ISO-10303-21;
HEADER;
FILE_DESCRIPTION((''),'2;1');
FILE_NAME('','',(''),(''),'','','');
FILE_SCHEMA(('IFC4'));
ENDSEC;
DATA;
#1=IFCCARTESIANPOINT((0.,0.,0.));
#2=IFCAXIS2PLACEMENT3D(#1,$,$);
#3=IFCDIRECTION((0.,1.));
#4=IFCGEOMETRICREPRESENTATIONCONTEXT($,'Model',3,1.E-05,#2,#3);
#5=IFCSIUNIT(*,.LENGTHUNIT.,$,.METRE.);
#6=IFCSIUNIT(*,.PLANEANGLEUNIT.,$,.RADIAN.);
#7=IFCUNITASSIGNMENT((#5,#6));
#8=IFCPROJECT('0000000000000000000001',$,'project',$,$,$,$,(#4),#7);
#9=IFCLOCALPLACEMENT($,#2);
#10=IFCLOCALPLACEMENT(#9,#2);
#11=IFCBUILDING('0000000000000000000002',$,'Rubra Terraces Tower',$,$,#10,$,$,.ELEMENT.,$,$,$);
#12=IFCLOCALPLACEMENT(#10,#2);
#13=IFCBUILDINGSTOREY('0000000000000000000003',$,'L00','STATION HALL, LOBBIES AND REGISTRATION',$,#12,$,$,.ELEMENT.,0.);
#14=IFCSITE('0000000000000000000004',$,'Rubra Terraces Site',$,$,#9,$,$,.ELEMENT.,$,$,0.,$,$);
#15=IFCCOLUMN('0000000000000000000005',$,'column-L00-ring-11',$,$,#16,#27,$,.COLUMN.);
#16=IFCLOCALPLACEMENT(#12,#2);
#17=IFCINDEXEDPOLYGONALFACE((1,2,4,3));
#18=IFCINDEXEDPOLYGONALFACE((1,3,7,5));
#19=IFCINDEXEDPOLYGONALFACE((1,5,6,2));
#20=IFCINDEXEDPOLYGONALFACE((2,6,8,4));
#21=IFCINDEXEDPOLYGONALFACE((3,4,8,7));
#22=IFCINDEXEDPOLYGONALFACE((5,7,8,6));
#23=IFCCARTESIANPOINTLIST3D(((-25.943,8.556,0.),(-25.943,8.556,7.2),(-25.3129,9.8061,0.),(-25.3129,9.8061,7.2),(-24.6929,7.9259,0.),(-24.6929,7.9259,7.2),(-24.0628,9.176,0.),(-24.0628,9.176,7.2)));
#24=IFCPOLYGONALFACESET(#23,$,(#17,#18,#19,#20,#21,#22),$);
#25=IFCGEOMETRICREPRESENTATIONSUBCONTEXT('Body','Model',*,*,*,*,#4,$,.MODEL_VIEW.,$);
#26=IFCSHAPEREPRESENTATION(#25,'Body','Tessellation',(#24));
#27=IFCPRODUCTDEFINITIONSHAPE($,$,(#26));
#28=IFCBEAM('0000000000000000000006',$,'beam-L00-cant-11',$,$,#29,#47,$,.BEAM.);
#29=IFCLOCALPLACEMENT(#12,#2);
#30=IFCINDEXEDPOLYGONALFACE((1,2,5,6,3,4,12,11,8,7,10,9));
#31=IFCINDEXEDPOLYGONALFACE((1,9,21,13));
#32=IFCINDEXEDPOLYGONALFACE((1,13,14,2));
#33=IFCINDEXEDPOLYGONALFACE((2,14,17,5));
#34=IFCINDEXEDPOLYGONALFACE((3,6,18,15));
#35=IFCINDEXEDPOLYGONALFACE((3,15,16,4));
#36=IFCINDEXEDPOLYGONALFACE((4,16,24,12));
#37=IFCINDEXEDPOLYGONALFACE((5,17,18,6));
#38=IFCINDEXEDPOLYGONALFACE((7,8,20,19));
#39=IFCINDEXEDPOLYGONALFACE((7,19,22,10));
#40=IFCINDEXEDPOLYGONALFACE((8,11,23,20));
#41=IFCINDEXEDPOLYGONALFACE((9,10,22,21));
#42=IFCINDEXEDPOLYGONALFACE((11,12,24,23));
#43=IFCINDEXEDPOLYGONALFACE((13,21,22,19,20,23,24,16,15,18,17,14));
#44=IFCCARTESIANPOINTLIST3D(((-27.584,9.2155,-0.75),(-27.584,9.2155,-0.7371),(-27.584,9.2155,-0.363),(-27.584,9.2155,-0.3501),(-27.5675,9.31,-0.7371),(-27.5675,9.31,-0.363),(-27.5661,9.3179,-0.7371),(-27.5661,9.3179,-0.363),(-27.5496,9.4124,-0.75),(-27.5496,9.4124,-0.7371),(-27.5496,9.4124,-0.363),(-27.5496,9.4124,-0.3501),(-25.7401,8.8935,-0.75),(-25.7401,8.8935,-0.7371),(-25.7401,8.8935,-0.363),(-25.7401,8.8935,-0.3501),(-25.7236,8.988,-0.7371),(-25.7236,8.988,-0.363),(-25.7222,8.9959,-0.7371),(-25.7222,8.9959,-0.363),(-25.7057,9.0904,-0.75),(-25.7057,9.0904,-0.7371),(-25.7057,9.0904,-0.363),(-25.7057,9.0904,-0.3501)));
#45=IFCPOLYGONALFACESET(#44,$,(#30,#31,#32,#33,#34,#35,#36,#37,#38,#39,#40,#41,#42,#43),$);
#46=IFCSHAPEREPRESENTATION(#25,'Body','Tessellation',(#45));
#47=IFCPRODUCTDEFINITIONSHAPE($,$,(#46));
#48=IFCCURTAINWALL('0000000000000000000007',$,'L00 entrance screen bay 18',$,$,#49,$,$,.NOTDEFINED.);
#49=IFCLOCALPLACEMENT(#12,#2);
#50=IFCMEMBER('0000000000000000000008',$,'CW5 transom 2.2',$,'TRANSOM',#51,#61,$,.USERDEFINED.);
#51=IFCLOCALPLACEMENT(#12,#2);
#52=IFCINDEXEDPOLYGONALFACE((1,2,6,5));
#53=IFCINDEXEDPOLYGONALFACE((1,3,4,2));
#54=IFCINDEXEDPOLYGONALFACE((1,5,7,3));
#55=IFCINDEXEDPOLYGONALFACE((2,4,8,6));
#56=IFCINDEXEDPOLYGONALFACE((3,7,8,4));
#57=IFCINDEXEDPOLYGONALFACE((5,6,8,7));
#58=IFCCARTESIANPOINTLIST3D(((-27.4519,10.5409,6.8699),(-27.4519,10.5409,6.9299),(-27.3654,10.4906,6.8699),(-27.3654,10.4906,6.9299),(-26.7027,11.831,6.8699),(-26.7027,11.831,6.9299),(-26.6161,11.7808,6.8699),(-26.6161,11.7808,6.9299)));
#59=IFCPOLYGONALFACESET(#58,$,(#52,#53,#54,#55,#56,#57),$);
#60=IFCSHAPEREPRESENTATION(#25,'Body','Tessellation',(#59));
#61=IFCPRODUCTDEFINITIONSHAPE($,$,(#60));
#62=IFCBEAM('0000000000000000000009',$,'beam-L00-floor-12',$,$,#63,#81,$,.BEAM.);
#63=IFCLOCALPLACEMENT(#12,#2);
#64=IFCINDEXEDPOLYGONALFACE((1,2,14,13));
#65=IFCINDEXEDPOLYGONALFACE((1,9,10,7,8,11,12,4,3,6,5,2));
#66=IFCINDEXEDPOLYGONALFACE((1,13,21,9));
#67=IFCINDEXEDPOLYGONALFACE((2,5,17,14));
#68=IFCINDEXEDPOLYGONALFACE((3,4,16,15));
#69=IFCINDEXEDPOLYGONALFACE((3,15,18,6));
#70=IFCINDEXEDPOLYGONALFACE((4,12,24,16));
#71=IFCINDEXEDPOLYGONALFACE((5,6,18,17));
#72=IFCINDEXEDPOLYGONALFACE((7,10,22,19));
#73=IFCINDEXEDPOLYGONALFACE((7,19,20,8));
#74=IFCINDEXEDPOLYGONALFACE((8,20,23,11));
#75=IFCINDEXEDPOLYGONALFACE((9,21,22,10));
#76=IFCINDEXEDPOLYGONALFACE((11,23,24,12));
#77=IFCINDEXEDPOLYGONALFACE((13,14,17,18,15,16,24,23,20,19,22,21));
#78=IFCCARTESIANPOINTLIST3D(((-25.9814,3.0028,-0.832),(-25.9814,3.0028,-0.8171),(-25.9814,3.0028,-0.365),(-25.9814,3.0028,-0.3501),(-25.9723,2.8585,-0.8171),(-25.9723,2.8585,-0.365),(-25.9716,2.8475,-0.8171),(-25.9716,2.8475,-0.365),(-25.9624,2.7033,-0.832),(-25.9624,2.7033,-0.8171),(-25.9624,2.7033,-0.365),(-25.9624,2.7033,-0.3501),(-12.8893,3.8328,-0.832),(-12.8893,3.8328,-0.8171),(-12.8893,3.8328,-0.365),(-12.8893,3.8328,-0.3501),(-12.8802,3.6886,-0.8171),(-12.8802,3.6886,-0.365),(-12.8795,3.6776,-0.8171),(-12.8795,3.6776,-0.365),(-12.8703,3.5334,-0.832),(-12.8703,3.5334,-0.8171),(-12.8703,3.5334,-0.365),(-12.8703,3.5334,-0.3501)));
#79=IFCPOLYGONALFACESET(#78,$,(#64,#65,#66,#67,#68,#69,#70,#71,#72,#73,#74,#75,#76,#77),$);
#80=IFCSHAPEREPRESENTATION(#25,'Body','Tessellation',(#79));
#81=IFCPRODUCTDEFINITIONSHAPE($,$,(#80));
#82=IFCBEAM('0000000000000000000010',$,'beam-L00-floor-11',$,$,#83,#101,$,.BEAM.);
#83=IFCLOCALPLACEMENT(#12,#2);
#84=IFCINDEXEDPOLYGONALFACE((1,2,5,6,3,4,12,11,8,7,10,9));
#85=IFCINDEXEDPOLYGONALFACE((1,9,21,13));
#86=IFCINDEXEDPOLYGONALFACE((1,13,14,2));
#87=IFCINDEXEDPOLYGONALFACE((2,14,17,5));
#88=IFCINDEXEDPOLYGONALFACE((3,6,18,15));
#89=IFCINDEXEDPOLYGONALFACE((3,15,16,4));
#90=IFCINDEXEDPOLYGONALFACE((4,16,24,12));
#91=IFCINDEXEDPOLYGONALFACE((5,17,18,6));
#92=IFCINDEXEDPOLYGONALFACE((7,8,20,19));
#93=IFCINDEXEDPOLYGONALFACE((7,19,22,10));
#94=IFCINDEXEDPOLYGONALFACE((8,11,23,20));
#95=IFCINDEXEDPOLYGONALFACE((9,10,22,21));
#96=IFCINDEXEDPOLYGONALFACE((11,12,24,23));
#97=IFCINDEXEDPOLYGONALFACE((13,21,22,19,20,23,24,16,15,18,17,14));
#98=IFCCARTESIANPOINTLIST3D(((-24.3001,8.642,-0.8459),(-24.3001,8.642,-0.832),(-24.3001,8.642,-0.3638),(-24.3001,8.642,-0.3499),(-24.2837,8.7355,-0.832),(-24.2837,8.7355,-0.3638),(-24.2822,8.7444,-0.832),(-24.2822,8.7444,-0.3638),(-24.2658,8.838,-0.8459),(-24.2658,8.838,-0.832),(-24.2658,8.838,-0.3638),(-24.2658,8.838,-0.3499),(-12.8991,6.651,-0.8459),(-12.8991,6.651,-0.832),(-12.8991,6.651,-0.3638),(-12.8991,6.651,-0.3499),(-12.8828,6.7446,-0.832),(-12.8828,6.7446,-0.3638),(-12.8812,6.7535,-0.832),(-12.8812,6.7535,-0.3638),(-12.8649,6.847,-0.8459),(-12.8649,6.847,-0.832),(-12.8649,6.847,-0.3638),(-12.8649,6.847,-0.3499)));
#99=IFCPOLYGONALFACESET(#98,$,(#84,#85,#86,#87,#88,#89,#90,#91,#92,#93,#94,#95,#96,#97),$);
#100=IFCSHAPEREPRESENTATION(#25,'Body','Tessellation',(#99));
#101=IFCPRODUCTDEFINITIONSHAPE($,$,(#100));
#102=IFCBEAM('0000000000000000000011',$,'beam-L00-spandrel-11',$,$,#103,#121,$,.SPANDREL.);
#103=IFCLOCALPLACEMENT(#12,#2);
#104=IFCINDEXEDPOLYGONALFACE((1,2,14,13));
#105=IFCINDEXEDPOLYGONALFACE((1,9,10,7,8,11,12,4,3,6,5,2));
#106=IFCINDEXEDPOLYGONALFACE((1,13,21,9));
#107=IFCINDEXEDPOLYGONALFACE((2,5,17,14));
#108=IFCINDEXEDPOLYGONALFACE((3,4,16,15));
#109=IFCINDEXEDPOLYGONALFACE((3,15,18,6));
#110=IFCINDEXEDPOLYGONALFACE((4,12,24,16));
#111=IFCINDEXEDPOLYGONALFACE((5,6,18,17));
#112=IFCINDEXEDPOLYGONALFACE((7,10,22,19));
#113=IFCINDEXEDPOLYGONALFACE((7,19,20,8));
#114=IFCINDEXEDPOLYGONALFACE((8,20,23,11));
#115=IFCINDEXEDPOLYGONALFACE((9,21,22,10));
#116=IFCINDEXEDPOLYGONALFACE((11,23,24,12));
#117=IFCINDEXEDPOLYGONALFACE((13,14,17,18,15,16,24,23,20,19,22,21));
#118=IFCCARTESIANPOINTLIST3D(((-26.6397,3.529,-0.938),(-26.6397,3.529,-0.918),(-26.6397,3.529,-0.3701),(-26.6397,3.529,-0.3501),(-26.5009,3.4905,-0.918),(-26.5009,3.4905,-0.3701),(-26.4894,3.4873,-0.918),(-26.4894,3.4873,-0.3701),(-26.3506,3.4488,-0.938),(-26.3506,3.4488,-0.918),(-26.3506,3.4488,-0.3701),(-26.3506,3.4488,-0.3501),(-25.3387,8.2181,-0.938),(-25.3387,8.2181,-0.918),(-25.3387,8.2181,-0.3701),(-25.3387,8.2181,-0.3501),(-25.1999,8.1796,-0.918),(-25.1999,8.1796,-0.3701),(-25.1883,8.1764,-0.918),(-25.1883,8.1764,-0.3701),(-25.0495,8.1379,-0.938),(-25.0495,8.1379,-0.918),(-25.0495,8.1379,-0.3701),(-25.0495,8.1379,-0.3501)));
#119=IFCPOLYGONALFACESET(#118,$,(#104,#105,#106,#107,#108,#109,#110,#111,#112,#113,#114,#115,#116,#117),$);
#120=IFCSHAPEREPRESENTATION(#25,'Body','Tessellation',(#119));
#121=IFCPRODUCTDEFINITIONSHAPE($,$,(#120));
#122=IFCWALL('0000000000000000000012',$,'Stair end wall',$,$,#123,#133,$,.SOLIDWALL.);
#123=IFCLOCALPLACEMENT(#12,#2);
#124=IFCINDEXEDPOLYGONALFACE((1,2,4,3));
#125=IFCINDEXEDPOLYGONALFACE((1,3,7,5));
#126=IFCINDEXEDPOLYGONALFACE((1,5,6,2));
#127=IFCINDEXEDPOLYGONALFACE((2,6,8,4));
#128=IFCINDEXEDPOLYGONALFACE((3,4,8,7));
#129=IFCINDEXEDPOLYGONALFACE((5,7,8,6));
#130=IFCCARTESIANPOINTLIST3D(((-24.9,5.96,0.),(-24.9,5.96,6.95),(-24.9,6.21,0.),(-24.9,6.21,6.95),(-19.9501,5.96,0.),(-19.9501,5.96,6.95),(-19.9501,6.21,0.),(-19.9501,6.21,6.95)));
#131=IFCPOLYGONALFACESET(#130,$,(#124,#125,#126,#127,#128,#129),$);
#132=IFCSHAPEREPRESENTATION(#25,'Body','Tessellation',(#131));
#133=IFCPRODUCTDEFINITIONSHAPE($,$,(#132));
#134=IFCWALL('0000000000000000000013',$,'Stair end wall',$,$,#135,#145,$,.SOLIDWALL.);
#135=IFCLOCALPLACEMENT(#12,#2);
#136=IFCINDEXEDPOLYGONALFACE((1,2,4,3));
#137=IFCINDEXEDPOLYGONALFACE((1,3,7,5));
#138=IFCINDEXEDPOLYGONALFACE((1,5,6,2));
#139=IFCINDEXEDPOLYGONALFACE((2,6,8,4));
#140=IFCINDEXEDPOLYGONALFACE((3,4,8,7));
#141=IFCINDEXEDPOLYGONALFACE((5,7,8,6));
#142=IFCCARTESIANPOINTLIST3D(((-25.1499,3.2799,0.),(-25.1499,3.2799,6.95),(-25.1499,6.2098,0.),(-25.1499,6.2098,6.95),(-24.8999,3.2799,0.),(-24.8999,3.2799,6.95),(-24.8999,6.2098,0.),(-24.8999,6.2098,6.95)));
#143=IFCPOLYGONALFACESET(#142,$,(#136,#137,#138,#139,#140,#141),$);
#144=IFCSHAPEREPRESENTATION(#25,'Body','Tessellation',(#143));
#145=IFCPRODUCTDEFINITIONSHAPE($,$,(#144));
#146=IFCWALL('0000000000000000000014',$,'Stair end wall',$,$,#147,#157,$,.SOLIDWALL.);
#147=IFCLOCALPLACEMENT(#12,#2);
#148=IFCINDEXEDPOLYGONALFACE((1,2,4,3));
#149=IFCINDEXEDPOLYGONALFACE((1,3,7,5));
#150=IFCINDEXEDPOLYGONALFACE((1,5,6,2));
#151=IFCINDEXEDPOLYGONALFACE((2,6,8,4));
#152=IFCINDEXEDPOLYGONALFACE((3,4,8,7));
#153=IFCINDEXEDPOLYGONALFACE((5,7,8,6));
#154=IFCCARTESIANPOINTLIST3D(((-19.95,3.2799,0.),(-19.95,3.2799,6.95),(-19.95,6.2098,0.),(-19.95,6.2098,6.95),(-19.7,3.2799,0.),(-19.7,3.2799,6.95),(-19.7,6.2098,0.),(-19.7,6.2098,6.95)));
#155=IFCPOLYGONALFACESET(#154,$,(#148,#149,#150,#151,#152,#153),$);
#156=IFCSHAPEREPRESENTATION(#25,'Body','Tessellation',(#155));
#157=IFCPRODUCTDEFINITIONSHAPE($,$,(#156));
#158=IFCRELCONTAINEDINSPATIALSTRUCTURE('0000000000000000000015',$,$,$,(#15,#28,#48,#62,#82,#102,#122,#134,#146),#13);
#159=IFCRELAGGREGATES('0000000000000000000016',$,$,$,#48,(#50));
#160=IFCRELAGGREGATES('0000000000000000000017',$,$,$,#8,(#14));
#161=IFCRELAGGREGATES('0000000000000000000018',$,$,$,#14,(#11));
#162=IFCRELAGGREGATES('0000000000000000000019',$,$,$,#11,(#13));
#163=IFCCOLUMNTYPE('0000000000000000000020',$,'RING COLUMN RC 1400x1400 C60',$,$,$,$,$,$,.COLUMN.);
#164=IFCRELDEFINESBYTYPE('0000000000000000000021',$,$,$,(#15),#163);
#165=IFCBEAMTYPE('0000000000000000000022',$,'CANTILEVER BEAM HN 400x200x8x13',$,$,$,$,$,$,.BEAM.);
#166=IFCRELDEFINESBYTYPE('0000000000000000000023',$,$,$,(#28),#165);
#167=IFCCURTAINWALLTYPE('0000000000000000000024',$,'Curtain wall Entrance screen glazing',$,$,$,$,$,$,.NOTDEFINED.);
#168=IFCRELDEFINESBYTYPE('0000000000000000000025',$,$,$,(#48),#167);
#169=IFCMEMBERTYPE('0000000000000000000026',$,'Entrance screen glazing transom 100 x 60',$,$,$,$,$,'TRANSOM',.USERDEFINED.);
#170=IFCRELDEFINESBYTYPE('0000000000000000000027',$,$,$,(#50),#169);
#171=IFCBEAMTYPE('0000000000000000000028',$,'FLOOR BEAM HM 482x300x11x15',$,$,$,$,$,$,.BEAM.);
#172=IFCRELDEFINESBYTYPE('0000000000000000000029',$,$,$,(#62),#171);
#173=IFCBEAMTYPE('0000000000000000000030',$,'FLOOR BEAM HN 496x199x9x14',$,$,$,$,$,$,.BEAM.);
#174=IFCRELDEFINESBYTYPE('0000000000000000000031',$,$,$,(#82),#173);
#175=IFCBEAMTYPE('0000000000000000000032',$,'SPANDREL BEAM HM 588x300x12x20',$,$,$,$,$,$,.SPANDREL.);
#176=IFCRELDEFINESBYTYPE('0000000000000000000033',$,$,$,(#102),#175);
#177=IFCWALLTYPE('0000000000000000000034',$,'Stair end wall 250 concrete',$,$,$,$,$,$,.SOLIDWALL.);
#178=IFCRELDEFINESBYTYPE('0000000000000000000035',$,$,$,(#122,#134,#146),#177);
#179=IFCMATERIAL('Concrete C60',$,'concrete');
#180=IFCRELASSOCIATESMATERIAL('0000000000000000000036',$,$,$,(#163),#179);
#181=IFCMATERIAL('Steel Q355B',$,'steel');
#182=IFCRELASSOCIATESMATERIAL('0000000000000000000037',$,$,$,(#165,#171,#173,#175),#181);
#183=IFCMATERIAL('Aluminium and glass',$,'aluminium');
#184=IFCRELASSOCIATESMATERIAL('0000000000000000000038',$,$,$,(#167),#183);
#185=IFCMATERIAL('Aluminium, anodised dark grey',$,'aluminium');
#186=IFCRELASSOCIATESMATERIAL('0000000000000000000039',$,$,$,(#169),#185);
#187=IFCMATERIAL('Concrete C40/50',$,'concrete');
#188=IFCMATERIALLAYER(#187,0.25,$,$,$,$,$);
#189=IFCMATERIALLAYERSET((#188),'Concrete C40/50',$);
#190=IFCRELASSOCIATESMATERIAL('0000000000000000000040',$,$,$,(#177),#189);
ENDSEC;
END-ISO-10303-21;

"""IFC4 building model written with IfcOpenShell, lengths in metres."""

from ifc_helpers import new_model, si_unit, direction, frame, frame_2d, origin, origin_2d, place, context, subcontext, project, spatial, rectangle, i_section, extrude, material, layer, layer_set, material_profile, profile_set, type_object, element, aggregate, save


model = new_model("IFC4")

# Units and contexts
model_context = context("Model", 3, precision=1e-05, world=origin(), true_north=direction((0.0, 1.0)))
body_context = subcontext(model_context, "Body", "Model", "MODEL_VIEW")
ifc_project = project(units=[si_unit("LENGTHUNIT", "METRE"), si_unit("PLANEANGLEUNIT", "RADIAN")], contexts=[model_context])

# Site, building, storey
site_placement = place(None, origin())
site = spatial("IfcSite", under=ifc_project, at=site_placement, Name="Rubra Terraces Site", CompositionType="ELEMENT", RefElevation=0.0)
building_placement = place(site_placement, origin())
building = spatial("IfcBuilding", under=site, at=building_placement, Name="Rubra Terraces Tower", CompositionType="ELEMENT")
storey_placement = place(building_placement, origin())
storey = spatial("IfcBuildingStorey", under=building, at=storey_placement, Name="L00", Description="STATION HALL, LOBBIES AND REGISTRATION", CompositionType="ELEMENT", Elevation=0.0)

# Column
ifc_material_1 = material(Name="Concrete C60", Category="concrete")
ifc_material_profile_1 = material_profile(ifc_material_1, rectangle(XDim=1.3999, YDim=1.3999, at=origin_2d()), Name="RC 1400x1400")
ifc_profile_set_1 = profile_set([ifc_material_profile_1], Name="Concrete C60")
column_type = type_object("IfcColumnType", Name="RING COLUMN RC 1400x1400 C60", PredefinedType="COLUMN", material=ifc_profile_set_1)
column_placement = place(storey_placement, frame((-25.0029, 8.866, 0.0), z_axis=(0.0, 0.0, 1.0), x_axis=(-0.450099, -0.892979, 0.0)))
element("IfcColumn", 1, at=column_placement, inside=storey, type_object=column_type, Name="column-L00-ring-11", PredefinedType="COLUMN", context=body_context, shape_type="SweptSolid", body=[
    extrude(rectangle(XDim=1.3999, YDim=1.3999, at=origin_2d()), origin(), (0.0, 0.0, 1.0), 7.2),
])

# Beam
ifc_material_2 = material(Name="Steel Q355B", Category="steel")
ifc_material_profile_2 = material_profile(ifc_material_2, i_section(OverallWidth=0.2, OverallDepth=0.3999, WebThickness=0.0081, FlangeThickness=0.0129, at=origin_2d()), Name="HN 400x200x8x13")
ifc_profile_set_2 = profile_set([ifc_material_profile_2], Name="Steel Q355B")
beam_type_1 = type_object("IfcBeamType", Name="CANTILEVER BEAM HN 400x200x8x13", PredefinedType="BEAM", material=ifc_profile_set_2)
beam_1_placement = place(storey_placement, frame((-25.7229, 8.9919, -0.55), z_axis=(-0.985092, 0.172029, 0.0), x_axis=(-0.172029, -0.985092, 0.0)))
element("IfcBeam", 2, at=beam_1_placement, inside=storey, type_object=beam_type_1, Name="beam-L00-cant-11", PredefinedType="BEAM", context=body_context, shape_type="SweptSolid", body=[
    extrude(i_section(OverallWidth=0.2, OverallDepth=0.3999, WebThickness=0.0081, FlangeThickness=0.0129, at=origin_2d()), origin(), (0.0, 0.0, 1.0), 1.8718),
])

# Curtain wall, member
ifc_material_3 = material(Name="Aluminium and glass", Category="aluminium")
curtain_wall_type = type_object("IfcCurtainWallType", Name="Curtain wall Entrance screen glazing", PredefinedType="NOTDEFINED", material=ifc_material_3)
curtain_wall_placement = place(storey_placement, origin())
curtain_wall = element("IfcCurtainWall", 3, at=curtain_wall_placement, inside=storey, type_object=curtain_wall_type, Name="L00 entrance screen bay 18", PredefinedType="NOTDEFINED")
ifc_material_4 = material(Name="Aluminium, anodised dark grey", Category="aluminium")
ifc_material_profile_3 = material_profile(ifc_material_4, rectangle(XDim=0.1001, YDim=0.0601, at=origin_2d()), Name="AL 100x60")
ifc_profile_set_3 = profile_set([ifc_material_profile_3], Name="Aluminium, anodised dark grey")
member_type = type_object("IfcMemberType", Name="Entrance screen glazing transom 100 x 60", ElementType="TRANSOM", PredefinedType="USERDEFINED", material=ifc_profile_set_3)
member_placement = place(storey_placement, frame((-26.6594, 11.8059, 6.8999), z_axis=(-0.502171, -0.864768, 0.0), x_axis=(0.864768, -0.502171, 0.0)))
member = element("IfcMember", 4, at=member_placement, type_object=member_type, Name="CW5 transom 2.2", ObjectType="TRANSOM", PredefinedType="USERDEFINED", context=body_context, shape_type="SweptSolid", body=[
    extrude(rectangle(XDim=0.1001, YDim=0.0601, at=origin_2d()), origin(), (0.0, 0.0, 1.0), 1.4919),
])
aggregate(curtain_wall, [member])

# Beams
ifc_material_profile_4 = material_profile(ifc_material_2, i_section(OverallWidth=0.3, OverallDepth=0.4819, WebThickness=0.011, FlangeThickness=0.0149, at=origin_2d()), Name="HM 482x300x11x15")
ifc_profile_set_4 = profile_set([ifc_material_profile_4], Name="Steel Q355B")
beam_type_2 = type_object("IfcBeamType", Name="FLOOR BEAM HM 482x300x11x15", PredefinedType="BEAM", material=ifc_profile_set_4)
beam_2_placement = place(storey_placement, frame((-25.9719, 2.853, -0.5911), z_axis=(0.997996, 0.063276, 0.0), x_axis=(-0.063276, 0.997996, 0.0)))
element("IfcBeam", 5, at=beam_2_placement, inside=storey, type_object=beam_type_2, Name="beam-L00-floor-12", PredefinedType="BEAM", context=body_context, shape_type="SweptSolid", body=[
    extrude(i_section(OverallWidth=0.3, OverallDepth=0.4819, WebThickness=0.011, FlangeThickness=0.0149, at=origin_2d()), origin(), (0.0, 0.0, 1.0), 13.1184),
])
ifc_material_profile_5 = material_profile(ifc_material_2, i_section(OverallWidth=0.199, OverallDepth=0.4961, WebThickness=0.009, FlangeThickness=0.0139, at=origin_2d()), Name="HN 496x199x9x14")
ifc_profile_set_5 = profile_set([ifc_material_profile_5], Name="Steel Q355B")
beam_type_3 = type_object("IfcBeamType", Name="FLOOR BEAM HN 496x199x9x14", PredefinedType="BEAM", material=ifc_profile_set_5)
beam_3_placement = place(storey_placement, frame((-24.283, 8.74, -0.5979), z_axis=(0.985092, -0.172029, 0.0), x_axis=(0.172029, 0.985092, 0.0)))
element("IfcBeam", 6, at=beam_3_placement, inside=storey, type_object=beam_type_3, Name="beam-L00-floor-11", PredefinedType="BEAM", context=body_context, shape_type="SweptSolid", body=[
    extrude(i_section(OverallWidth=0.199, OverallDepth=0.4961, WebThickness=0.009, FlangeThickness=0.0139, at=origin_2d()), origin(), (0.0, 0.0, 1.0), 11.5735),
])
ifc_material_profile_6 = material_profile(ifc_material_2, i_section(OverallWidth=0.3, OverallDepth=0.5879, WebThickness=0.012, FlangeThickness=0.02, at=origin_2d()), Name="HM 588x300x12x20")
ifc_profile_set_6 = profile_set([ifc_material_profile_6], Name="Steel Q355B")
beam_type_4 = type_object("IfcBeamType", Name="SPANDREL BEAM HM 588x300x12x20", PredefinedType="SPANDREL", material=ifc_profile_set_6)
beam_4_placement = place(storey_placement, frame((-25.1941, 8.178, -0.644), z_axis=(-0.267364, -0.963595, 0.0), x_axis=(0.963595, -0.267364, 0.0)))
element("IfcBeam", 7, at=beam_4_placement, inside=storey, type_object=beam_type_4, Name="beam-L00-spandrel-11", PredefinedType="SPANDREL", context=body_context, shape_type="SweptSolid", body=[
    extrude(i_section(OverallWidth=0.3, OverallDepth=0.5879, WebThickness=0.012, FlangeThickness=0.02, at=origin_2d()), origin(), (0.0, 0.0, 1.0), 4.8662),
])

# Walls
ifc_material_5 = material(Name="Concrete C40/50", Category="concrete")
ifc_layer = layer(ifc_material_5, 0.25)
ifc_layer_set = layer_set([ifc_layer], Name="Concrete C40/50")
wall_type = type_object("IfcWallType", Name="Stair end wall 250 concrete", PredefinedType="SOLIDWALL", material=ifc_layer_set)
wall_placement = place(storey_placement, frame((-19.95, 6.085, 0.0), z_axis=(0.0, 0.0, 1.0), x_axis=(-1.0, 0.0, 0.0)))
element("IfcWall", 8, at=wall_placement, inside=storey, type_object=wall_type, Name="Stair end wall", PredefinedType="SOLIDWALL", context=body_context, shape_type="SweptSolid", body=[
    extrude(rectangle(XDim=4.95, YDim=0.25, at=frame_2d((2.4751, 0.0))), origin(), (0.0, 0.0, 1.0), 6.95),
])
for number, where, z_axis, x_axis, name in (
    (9, (-25.0249, 3.28, 0.0), (0.0, 0.0, 1.0), (0.0, 1.0, 0.0), "Stair end wall"),
    (10, (-19.825, 3.28, 0.0), (0.0, 0.0, 1.0), (0.0, 1.0, 0.0), "Stair end wall"),
):
    element("IfcWall", number, at=place(storey_placement, frame(where, z_axis=z_axis, x_axis=x_axis)), inside=storey, type_object=wall_type, Name=name, PredefinedType="SOLIDWALL", context=body_context, shape_type="SweptSolid", body=[
        extrude(rectangle(XDim=2.9299, YDim=0.25, at=frame_2d((1.4648, 0.0))), origin(), (0.0, 0.0, 1.0), 6.95),
    ])

save(model, "model.ifc")
